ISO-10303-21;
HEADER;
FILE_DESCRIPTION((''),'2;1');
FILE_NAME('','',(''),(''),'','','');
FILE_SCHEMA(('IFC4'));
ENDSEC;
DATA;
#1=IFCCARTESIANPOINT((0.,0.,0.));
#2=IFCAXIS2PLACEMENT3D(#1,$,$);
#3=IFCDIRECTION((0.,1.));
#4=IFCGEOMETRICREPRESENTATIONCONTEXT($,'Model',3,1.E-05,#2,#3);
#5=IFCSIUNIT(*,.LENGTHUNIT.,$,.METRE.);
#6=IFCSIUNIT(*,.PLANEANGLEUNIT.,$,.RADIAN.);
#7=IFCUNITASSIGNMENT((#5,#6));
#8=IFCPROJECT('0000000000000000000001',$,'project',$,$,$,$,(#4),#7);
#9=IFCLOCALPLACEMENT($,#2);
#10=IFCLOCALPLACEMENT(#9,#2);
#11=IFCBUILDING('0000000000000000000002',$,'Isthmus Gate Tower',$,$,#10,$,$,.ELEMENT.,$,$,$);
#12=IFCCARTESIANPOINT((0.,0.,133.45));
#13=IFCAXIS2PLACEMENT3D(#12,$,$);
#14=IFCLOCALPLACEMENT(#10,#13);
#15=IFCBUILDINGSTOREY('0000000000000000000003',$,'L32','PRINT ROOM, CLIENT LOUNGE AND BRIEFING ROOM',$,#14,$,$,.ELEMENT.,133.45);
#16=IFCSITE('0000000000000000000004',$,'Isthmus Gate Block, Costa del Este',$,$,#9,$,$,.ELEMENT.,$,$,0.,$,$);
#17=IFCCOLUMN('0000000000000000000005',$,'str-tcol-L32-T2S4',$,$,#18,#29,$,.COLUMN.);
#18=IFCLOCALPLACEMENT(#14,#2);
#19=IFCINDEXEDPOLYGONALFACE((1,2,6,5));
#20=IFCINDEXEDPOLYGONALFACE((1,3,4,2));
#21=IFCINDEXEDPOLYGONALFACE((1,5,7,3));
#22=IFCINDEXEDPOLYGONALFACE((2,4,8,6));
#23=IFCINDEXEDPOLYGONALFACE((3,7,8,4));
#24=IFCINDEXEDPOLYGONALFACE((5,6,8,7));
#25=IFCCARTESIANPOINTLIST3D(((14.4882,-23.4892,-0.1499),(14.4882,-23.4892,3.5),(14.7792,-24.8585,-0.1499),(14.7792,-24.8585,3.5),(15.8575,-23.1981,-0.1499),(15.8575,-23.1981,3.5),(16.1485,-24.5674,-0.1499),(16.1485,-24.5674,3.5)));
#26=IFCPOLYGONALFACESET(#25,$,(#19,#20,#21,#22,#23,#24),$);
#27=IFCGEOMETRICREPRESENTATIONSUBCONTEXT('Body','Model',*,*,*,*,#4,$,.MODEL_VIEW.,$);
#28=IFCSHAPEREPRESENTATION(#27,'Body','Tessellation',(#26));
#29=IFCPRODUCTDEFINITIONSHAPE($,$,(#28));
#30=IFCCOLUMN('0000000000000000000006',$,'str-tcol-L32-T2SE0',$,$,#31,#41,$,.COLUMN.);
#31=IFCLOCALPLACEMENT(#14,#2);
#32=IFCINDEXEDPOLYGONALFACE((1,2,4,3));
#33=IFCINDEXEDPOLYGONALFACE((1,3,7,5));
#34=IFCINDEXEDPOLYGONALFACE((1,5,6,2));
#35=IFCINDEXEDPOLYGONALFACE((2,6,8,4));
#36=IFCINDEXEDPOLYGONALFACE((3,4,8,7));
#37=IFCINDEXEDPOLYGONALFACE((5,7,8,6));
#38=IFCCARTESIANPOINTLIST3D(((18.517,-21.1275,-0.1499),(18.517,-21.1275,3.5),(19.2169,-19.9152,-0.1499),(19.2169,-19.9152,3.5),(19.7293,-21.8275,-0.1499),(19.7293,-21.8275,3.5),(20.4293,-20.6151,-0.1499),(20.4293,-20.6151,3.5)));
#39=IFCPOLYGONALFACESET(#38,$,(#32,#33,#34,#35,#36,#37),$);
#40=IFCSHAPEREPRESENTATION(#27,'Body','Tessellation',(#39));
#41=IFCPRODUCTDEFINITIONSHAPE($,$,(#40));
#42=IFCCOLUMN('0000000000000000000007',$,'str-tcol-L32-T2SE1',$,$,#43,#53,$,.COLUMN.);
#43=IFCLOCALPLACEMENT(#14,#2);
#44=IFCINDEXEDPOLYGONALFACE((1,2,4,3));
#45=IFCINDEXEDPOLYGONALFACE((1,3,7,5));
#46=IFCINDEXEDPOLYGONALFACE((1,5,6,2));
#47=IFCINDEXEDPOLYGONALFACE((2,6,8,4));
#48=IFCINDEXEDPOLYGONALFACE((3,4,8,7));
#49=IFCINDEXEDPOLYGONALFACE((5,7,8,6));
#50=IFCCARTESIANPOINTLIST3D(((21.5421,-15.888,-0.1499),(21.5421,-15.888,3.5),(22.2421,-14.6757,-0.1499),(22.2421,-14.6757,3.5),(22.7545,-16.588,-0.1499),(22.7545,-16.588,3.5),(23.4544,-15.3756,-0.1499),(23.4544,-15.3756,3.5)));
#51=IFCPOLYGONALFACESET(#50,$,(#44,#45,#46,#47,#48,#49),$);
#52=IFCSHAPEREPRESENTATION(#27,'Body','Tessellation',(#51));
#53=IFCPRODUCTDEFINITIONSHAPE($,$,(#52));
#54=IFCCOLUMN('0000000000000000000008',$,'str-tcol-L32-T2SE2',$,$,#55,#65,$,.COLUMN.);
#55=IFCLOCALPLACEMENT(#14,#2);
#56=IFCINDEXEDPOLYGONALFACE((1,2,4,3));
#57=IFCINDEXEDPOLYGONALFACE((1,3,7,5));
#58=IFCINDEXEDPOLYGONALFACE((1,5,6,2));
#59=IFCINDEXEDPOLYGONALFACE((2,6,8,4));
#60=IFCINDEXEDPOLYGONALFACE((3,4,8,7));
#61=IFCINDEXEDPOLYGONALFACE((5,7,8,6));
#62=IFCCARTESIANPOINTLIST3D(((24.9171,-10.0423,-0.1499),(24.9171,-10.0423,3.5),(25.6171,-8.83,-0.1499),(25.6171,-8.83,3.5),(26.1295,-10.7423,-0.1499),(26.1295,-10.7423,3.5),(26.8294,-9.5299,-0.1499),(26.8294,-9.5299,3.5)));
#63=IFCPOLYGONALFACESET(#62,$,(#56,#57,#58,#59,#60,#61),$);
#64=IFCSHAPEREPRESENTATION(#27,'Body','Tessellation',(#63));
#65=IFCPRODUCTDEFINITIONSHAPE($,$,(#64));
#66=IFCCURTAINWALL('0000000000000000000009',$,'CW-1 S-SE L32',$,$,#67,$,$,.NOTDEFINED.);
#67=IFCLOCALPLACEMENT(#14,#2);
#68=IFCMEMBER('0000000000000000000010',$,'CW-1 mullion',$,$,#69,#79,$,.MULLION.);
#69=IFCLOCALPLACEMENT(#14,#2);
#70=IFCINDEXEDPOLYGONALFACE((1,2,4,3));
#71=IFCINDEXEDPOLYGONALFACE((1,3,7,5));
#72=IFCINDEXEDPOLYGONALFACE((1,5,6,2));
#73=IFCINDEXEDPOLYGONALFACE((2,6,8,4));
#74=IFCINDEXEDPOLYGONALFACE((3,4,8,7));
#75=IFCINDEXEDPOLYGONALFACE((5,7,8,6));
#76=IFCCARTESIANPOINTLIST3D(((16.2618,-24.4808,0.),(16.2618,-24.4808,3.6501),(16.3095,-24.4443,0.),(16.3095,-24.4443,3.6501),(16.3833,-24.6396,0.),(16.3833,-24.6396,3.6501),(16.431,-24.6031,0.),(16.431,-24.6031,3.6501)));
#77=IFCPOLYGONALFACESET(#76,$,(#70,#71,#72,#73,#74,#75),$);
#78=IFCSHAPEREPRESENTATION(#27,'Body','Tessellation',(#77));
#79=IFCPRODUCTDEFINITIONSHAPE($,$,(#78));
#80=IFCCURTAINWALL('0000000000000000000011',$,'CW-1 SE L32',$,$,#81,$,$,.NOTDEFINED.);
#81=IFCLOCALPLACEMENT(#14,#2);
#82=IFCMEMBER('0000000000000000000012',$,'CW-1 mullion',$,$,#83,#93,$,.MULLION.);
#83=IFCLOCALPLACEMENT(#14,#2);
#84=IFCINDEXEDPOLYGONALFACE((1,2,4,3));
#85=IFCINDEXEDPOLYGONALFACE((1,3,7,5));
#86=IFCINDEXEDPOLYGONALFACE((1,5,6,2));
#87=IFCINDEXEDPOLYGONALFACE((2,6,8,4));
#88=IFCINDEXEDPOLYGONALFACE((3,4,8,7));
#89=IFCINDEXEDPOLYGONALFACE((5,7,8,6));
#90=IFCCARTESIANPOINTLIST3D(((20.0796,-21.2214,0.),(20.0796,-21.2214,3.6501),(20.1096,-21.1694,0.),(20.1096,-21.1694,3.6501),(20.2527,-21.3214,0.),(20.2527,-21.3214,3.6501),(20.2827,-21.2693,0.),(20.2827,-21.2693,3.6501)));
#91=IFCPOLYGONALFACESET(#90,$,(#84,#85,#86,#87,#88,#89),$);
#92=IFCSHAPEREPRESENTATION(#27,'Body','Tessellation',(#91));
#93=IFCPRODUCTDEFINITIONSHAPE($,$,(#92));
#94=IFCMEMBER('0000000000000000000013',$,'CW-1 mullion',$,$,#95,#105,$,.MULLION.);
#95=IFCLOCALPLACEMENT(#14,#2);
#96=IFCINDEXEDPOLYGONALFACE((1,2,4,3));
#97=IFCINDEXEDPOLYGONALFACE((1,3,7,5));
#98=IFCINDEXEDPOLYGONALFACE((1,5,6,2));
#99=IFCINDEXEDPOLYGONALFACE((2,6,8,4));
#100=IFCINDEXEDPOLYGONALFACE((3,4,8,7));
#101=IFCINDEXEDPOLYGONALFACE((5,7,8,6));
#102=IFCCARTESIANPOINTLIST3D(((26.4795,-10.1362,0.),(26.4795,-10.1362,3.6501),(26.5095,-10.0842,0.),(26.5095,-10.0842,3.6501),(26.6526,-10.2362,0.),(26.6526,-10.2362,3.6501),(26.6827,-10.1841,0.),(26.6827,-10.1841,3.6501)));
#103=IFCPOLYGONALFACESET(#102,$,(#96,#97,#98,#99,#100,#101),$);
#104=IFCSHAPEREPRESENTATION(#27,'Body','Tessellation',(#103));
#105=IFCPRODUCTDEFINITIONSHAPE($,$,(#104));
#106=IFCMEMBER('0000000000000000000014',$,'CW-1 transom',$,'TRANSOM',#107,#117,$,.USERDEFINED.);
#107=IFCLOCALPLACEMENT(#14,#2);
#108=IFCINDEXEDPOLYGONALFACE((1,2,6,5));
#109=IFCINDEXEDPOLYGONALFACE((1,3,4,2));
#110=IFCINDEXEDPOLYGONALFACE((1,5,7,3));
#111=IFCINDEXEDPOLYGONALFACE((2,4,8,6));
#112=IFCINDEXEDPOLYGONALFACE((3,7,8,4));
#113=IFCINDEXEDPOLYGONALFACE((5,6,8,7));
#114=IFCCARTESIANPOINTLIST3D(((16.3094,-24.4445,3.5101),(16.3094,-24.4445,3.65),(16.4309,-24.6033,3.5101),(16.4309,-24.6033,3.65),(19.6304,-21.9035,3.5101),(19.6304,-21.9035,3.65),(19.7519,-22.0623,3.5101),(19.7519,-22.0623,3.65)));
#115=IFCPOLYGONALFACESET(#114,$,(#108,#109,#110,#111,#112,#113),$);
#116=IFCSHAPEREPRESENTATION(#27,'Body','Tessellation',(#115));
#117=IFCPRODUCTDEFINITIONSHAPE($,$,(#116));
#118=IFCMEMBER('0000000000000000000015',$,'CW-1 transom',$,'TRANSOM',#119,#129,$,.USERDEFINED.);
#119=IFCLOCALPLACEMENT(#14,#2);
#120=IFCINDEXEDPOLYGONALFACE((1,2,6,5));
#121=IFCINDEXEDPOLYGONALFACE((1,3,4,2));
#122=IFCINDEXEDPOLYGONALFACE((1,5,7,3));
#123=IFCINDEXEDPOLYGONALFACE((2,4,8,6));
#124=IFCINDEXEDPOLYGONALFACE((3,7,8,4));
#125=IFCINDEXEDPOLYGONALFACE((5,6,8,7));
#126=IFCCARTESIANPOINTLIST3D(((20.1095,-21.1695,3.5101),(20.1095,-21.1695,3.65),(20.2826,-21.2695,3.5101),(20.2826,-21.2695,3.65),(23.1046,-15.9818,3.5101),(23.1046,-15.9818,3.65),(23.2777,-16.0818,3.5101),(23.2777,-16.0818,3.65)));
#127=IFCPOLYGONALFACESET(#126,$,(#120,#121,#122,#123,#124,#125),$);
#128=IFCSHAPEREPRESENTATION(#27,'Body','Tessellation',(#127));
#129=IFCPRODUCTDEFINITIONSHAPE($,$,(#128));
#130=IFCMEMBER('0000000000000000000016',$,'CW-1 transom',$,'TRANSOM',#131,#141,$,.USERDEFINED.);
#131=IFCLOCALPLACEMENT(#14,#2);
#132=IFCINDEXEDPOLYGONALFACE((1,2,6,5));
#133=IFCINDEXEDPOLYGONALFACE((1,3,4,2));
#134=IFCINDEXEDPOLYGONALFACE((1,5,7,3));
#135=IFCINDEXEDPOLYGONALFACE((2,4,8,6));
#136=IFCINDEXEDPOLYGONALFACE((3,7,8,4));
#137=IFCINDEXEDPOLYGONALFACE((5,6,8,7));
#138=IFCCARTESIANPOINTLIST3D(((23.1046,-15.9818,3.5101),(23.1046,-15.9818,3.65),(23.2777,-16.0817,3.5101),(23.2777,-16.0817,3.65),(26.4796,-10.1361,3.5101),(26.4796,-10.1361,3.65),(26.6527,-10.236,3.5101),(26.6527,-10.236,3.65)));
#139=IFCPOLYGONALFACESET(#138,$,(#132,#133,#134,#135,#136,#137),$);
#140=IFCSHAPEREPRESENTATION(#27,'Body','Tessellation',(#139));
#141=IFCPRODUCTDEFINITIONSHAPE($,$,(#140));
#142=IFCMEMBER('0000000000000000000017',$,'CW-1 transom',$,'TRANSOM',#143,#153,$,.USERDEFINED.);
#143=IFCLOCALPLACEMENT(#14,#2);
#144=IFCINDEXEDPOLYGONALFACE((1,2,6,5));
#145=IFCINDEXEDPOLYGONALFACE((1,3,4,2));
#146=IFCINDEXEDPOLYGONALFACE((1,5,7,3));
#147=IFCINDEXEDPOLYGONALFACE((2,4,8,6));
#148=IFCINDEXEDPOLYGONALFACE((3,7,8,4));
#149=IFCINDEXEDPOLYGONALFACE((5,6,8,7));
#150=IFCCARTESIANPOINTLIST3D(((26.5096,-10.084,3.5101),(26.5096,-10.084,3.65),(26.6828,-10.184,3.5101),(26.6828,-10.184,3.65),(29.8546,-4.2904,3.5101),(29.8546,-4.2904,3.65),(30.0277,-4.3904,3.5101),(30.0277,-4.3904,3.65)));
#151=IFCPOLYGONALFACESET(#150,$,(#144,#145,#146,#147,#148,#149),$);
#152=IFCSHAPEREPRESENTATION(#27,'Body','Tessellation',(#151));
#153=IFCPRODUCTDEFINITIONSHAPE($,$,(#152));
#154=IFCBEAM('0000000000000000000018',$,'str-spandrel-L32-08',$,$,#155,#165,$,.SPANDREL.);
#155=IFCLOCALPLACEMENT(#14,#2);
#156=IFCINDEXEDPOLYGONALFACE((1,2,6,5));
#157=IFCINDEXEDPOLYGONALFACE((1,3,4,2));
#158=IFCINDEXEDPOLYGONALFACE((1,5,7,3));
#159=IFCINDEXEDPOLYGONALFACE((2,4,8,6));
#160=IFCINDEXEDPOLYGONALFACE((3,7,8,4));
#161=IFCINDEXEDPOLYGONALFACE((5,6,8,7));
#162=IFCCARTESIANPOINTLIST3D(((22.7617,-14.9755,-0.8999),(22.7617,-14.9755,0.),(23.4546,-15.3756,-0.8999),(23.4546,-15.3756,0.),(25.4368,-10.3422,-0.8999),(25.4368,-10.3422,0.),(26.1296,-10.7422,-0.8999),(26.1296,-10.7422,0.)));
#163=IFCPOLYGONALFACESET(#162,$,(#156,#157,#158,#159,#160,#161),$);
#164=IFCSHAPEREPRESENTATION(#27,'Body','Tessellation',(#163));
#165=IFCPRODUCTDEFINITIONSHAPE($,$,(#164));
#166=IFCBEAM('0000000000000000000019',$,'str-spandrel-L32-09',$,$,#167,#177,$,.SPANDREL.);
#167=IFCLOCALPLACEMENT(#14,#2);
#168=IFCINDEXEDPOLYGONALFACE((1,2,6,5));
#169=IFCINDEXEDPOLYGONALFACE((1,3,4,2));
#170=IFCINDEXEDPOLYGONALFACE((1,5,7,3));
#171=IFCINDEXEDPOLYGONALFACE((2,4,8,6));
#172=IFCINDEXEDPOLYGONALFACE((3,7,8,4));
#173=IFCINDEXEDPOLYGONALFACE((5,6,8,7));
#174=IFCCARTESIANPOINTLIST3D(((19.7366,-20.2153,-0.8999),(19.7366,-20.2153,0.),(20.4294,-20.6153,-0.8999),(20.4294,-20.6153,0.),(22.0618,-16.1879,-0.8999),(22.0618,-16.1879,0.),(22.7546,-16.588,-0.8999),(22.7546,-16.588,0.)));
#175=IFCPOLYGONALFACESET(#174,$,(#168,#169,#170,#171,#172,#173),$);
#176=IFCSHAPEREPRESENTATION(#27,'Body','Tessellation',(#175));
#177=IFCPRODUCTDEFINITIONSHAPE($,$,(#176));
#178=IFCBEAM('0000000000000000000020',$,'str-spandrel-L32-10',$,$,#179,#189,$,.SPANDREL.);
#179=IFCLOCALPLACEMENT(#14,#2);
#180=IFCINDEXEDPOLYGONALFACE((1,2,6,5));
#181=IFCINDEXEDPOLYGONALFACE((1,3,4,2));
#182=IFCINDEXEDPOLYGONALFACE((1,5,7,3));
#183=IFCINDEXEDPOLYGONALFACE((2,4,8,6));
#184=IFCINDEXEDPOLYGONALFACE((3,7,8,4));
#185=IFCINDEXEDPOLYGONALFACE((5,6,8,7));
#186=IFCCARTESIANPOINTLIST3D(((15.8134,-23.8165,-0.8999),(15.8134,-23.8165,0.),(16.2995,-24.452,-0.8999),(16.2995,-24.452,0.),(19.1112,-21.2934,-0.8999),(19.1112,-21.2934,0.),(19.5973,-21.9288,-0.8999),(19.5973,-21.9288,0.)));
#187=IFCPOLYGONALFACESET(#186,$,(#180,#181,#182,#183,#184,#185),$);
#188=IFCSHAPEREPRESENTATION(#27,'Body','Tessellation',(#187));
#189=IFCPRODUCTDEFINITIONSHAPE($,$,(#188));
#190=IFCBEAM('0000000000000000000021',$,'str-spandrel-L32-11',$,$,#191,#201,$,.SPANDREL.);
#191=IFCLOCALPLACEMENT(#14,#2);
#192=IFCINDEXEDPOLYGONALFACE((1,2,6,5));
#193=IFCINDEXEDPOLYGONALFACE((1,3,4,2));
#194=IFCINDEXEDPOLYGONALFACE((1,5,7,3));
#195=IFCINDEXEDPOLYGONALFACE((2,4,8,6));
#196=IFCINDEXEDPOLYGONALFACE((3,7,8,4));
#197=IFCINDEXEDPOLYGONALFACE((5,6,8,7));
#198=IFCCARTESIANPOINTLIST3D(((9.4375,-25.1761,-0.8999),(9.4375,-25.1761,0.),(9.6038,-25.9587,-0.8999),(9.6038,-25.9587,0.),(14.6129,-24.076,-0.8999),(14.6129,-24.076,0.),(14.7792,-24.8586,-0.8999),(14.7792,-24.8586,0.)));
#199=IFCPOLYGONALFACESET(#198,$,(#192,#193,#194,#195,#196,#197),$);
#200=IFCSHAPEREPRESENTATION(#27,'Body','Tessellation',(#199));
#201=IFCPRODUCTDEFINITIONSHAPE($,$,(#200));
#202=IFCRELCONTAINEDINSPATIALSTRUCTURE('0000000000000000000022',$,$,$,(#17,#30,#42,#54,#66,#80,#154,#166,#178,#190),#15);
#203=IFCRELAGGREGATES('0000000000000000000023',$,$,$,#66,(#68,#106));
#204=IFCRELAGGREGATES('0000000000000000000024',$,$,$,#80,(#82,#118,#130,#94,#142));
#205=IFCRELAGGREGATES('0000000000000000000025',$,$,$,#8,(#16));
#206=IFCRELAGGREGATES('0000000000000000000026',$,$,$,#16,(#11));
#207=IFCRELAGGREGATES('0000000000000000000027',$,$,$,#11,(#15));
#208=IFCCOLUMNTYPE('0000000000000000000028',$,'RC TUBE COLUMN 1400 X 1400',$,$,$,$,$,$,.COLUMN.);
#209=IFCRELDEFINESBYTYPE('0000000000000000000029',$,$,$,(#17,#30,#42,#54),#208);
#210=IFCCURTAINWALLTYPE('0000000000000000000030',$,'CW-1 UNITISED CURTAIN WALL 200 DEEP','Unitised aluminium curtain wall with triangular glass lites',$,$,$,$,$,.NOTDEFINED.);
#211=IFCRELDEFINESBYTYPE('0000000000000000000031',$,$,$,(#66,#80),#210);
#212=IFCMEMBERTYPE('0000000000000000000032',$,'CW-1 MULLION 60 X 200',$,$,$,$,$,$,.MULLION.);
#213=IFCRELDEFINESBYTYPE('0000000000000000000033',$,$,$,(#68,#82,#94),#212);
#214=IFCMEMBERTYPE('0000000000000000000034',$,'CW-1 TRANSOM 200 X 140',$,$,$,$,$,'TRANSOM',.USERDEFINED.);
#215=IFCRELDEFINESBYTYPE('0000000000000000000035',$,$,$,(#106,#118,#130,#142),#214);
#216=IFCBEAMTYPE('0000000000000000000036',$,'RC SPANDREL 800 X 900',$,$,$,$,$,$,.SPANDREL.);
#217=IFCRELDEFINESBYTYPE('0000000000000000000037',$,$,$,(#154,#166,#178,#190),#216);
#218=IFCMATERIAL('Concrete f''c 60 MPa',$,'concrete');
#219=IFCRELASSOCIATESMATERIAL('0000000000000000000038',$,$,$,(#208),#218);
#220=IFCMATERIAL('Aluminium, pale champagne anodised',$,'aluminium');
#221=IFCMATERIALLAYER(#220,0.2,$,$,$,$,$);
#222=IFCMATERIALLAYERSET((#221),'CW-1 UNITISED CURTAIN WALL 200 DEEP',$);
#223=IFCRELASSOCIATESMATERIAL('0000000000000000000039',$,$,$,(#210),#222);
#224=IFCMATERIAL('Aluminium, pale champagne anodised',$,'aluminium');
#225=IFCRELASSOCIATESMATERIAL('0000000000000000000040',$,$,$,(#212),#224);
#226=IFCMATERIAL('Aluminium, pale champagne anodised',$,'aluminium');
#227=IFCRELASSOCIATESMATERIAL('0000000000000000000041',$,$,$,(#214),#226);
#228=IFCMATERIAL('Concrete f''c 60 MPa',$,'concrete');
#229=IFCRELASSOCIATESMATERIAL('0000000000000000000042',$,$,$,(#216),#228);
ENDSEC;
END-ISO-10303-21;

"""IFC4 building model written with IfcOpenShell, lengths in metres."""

from ifc_helpers import new_model, si_unit, direction, frame, origin, origin_2d, place, context, subcontext, project, spatial, rectangle, extrude, material, layer, layer_set, material_profile, profile_set, type_object, element, aggregate, save


model = new_model("IFC4")

# Units and contexts
model_context = context("Model", 3, precision=1e-05, world=origin(), true_north=direction((0.0, 1.0)))
body_context = subcontext(model_context, "Body", "Model", "MODEL_VIEW")
ifc_project = project(units=[si_unit("LENGTHUNIT", "METRE"), si_unit("PLANEANGLEUNIT", "RADIAN")], contexts=[model_context])

# Site, building, storey
site_placement = place(None, origin())
site = spatial("IfcSite", under=ifc_project, at=site_placement, Name="Isthmus Gate Block, Costa del Este", CompositionType="ELEMENT", RefElevation=0.0)
building_placement = place(site_placement, origin())
building = spatial("IfcBuilding", under=site, at=building_placement, Name="Isthmus Gate Tower", CompositionType="ELEMENT")
storey_placement = place(building_placement, frame((0.0, 0.0, 133.45)))
storey = spatial("IfcBuildingStorey", under=building, at=storey_placement, Name="L32", Description="PRINT ROOM, CLIENT LOUNGE AND BRIEFING ROOM", CompositionType="ELEMENT", Elevation=133.45)

# Columns
ifc_material_1 = material(Name="Concrete f'c 60 MPa", Category="concrete")
ifc_material_profile_1 = material_profile(ifc_material_1, rectangle(XDim=1.3999, YDim=1.3999, at=origin_2d()), Name="RC 1400X1400")
ifc_profile_set_1 = profile_set([ifc_material_profile_1], Name="Concrete f'c 60 MPa")
column_type = type_object("IfcColumnType", Name="RC TUBE COLUMN 1400 X 1400", PredefinedType="COLUMN", material=ifc_profile_set_1)
for number, where, z_axis, x_axis, name in (
    (1, (15.3184, -24.0283, -0.1499), (0.0, 0.0, 1.0), (0.978148, 0.207912, 0.0), "str-tcol-L32-T2S4"),
    (2, (19.4731, -20.8713, -0.1499), (0.0, 0.0, 1.0), (0.5, 0.866025, 0.0), "str-tcol-L32-T2SE0"),
    (3, (22.4983, -15.6318, -0.1499), (0.0, 0.0, 1.0), (0.5, 0.866025, 0.0), "str-tcol-L32-T2SE1"),
    (4, (25.8733, -9.7861, -0.1499), (0.0, 0.0, 1.0), (0.5, 0.866025, 0.0), "str-tcol-L32-T2SE2"),
):
    element("IfcColumn", number, at=place(storey_placement, frame(where, z_axis=z_axis, x_axis=x_axis)), inside=storey, type_object=column_type, Name=name, PredefinedType="COLUMN", context=body_context, shape_type="SweptSolid", body=[
        extrude(rectangle(XDim=1.3999, YDim=1.3999, at=origin_2d()), origin(), (0.0, 0.0, 1.0), 3.6499),
    ])

# Curtain wall, member
ifc_material_2 = material(Name="Aluminium, pale champagne anodised", Category="aluminium")
ifc_layer_1 = layer(ifc_material_2, 0.2)
ifc_layer_set_1 = layer_set([ifc_layer_1], Name="CW-1 UNITISED CURTAIN WALL 200 DEEP")
curtain_wall_type = type_object("IfcCurtainWallType", Name="CW-1 UNITISED CURTAIN WALL 200 DEEP", Description="Unitised aluminium curtain wall with triangular glass lites", PredefinedType="NOTDEFINED", material=ifc_layer_set_1)
curtain_wall_1_placement = place(storey_placement, origin())
curtain_wall_1 = element("IfcCurtainWall", 5, at=curtain_wall_1_placement, inside=storey, type_object=curtain_wall_type, Name="CW-1 S-SE L32", PredefinedType="NOTDEFINED")
ifc_material_3 = material(Name="Aluminium, pale champagne anodised", Category="aluminium")
ifc_material_profile_2 = material_profile(ifc_material_3, rectangle(XDim=0.0601, YDim=0.2, at=origin_2d()), Name="60x200")
ifc_profile_set_2 = profile_set([ifc_material_profile_2], Name="Aluminium, pale champagne anodised")
member_type_1 = type_object("IfcMemberType", Name="CW-1 MULLION 60 X 200", PredefinedType="MULLION", material=ifc_profile_set_2)
member_1_placement = place(storey_placement, frame((16.3464, -24.542, 0.0), z_axis=(0.0, 0.0, 1.0), x_axis=(0.794189, 0.607671, 0.0)))
member_1 = element("IfcMember", 6, at=member_1_placement, type_object=member_type_1, Name="CW-1 mullion", PredefinedType="MULLION", context=body_context, shape_type="SweptSolid", body=[
    extrude(rectangle(XDim=0.0601, YDim=0.2, at=origin_2d()), origin(), (0.0, 0.0, 1.0), 3.6501),
])

# Curtain wall, members
curtain_wall_2_placement = place(storey_placement, origin())
curtain_wall_2 = element("IfcCurtainWall", 7, at=curtain_wall_2_placement, inside=storey, type_object=curtain_wall_type, Name="CW-1 SE L32", PredefinedType="NOTDEFINED")
member_2_placement = place(storey_placement, frame((20.1812, -21.2454, 0.0), z_axis=(0.0, 0.0, 1.0), x_axis=(0.5, 0.866025, 0.0)))
member_2 = element("IfcMember", 8, at=member_2_placement, type_object=member_type_1, Name="CW-1 mullion", PredefinedType="MULLION", context=body_context, shape_type="SweptSolid", body=[
    extrude(rectangle(XDim=0.0601, YDim=0.2, at=origin_2d()), origin(), (0.0, 0.0, 1.0), 3.6501),
])
member_3_placement = place(storey_placement, frame((26.5811, -10.1602, 0.0), z_axis=(0.0, 0.0, 1.0), x_axis=(0.5, 0.866025, 0.0)))
member_3 = element("IfcMember", 9, at=member_3_placement, type_object=member_type_1, Name="CW-1 mullion", PredefinedType="MULLION", context=body_context, shape_type="SweptSolid", body=[
    extrude(rectangle(XDim=0.0601, YDim=0.2, at=origin_2d()), origin(), (0.0, 0.0, 1.0), 3.6501),
])

# Members
ifc_material_4 = material(Name="Aluminium, pale champagne anodised", Category="aluminium")
ifc_material_profile_3 = material_profile(ifc_material_4, rectangle(XDim=0.2, YDim=0.1399, at=origin_2d()), Name="200x140")
ifc_profile_set_3 = profile_set([ifc_material_profile_3], Name="Aluminium, pale champagne anodised")
member_type_2 = type_object("IfcMemberType", Name="CW-1 TRANSOM 200 X 140", ElementType="TRANSOM", PredefinedType="USERDEFINED", material=ifc_profile_set_3)
member_4_placement = place(storey_placement, frame((16.3701, -24.5239, 3.5801), z_axis=(0.794197, 0.60766, 0.0), x_axis=(-0.60766, 0.794197, 0.0)))
member_4 = element("IfcMember", 10, at=member_4_placement, type_object=member_type_2, Name="CW-1 transom", ObjectType="TRANSOM", PredefinedType="USERDEFINED", context=body_context, shape_type="SweptSolid", body=[
    extrude(rectangle(XDim=0.2, YDim=0.1399, at=origin_2d()), origin(), (0.0, 0.0, 1.0), 4.1816),
])
member_5_placement = place(storey_placement, frame((20.196, -21.2195, 3.5801), z_axis=(0.499996, 0.866027, 0.0), x_axis=(-0.866027, 0.499996, 0.0)))
member_5 = element("IfcMember", 11, at=member_5_placement, type_object=member_type_2, Name="CW-1 transom", ObjectType="TRANSOM", PredefinedType="USERDEFINED", context=body_context, shape_type="SweptSolid", body=[
    extrude(rectangle(XDim=0.2, YDim=0.1399, at=origin_2d()), origin(), (0.0, 0.0, 1.0), 5.9902),
])
member_6_placement = place(storey_placement, frame((23.1912, -16.0317, 3.5801), z_axis=(0.499998, 0.866027, 0.0), x_axis=(-0.866027, 0.499998, 0.0)))
member_6 = element("IfcMember", 12, at=member_6_placement, type_object=member_type_2, Name="CW-1 transom", ObjectType="TRANSOM", PredefinedType="USERDEFINED", context=body_context, shape_type="SweptSolid", body=[
    extrude(rectangle(XDim=0.2, YDim=0.1399, at=origin_2d()), origin(), (0.0, 0.0, 1.0), 6.75),
])
member_7_placement = place(storey_placement, frame((26.5962, -10.134, 3.5801), z_axis=(0.499997, 0.866027, 0.0), x_axis=(-0.866027, 0.499997, 0.0)))
member_7 = element("IfcMember", 13, at=member_7_placement, type_object=member_type_2, Name="CW-1 transom", ObjectType="TRANSOM", PredefinedType="USERDEFINED", context=body_context, shape_type="SweptSolid", body=[
    extrude(rectangle(XDim=0.2, YDim=0.1399, at=origin_2d()), origin(), (0.0, 0.0, 1.0), 6.6899),
])

# Beams
ifc_material_5 = material(Name="Concrete f'c 60 MPa", Category="concrete")
ifc_material_profile_4 = material_profile(ifc_material_5, rectangle(XDim=0.8, YDim=0.8999, at=origin_2d()), Name="RC 800X900")
ifc_profile_set_4 = profile_set([ifc_material_profile_4], Name="Concrete f'c 60 MPa")
beam_type_1 = type_object("IfcBeamType", Name="RC SPANDREL 800 X 900", PredefinedType="SPANDREL", material=ifc_profile_set_4)
beam_1_placement = place(storey_placement, frame((25.7832, -10.5422, -0.45), z_axis=(-0.500002, -0.866024, 0.0), x_axis=(0.866024, -0.500002, 0.0)))
element("IfcBeam", 14, at=beam_1_placement, inside=storey, type_object=beam_type_1, Name="str-spandrel-L32-08", PredefinedType="SPANDREL", context=body_context, shape_type="SweptSolid", body=[
    extrude(rectangle(XDim=0.8, YDim=0.8999, at=origin_2d()), origin(), (0.0, 0.0, 1.0), 5.3501),
])
beam_2_placement = place(storey_placement, frame((22.4082, -16.3879, -0.45), z_axis=(-0.500001, -0.866025, 0.0), x_axis=(0.866025, -0.500001, 0.0)))
element("IfcBeam", 15, at=beam_2_placement, inside=storey, type_object=beam_type_1, Name="str-spandrel-L32-09", PredefinedType="SPANDREL", context=body_context, shape_type="SweptSolid", body=[
    extrude(rectangle(XDim=0.8, YDim=0.8999, at=origin_2d()), origin(), (0.0, 0.0, 1.0), 4.6504),
])
beam_3_placement = place(storey_placement, frame((19.3542, -21.6111, -0.45), z_axis=(-0.794206, -0.607649, 0.0), x_axis=(0.607649, -0.794206, 0.0)))
element("IfcBeam", 16, at=beam_3_placement, inside=storey, type_object=beam_type_1, Name="str-spandrel-L32-10", PredefinedType="SPANDREL", context=body_context, shape_type="SweptSolid", body=[
    extrude(rectangle(XDim=0.8, YDim=0.8999, at=origin_2d()), origin(), (0.0, 0.0, 1.0), 4.1523),
])
beam_4_placement = place(storey_placement, frame((14.696, -24.4673, -0.45), z_axis=(-0.978145, -0.207922, 0.0), x_axis=(0.207922, -0.978145, 0.0)))
element("IfcBeam", 17, at=beam_4_placement, inside=storey, type_object=beam_type_1, Name="str-spandrel-L32-11", PredefinedType="SPANDREL", context=body_context, shape_type="SweptSolid", body=[
    extrude(rectangle(XDim=0.8, YDim=0.8999, at=origin_2d()), origin(), (0.0, 0.0, 1.0), 5.291),
])

aggregate(curtain_wall_1, [member_1, member_4])
aggregate(curtain_wall_2, [member_2, member_5, member_6, member_3, member_7])

save(model, "model.ifc")
